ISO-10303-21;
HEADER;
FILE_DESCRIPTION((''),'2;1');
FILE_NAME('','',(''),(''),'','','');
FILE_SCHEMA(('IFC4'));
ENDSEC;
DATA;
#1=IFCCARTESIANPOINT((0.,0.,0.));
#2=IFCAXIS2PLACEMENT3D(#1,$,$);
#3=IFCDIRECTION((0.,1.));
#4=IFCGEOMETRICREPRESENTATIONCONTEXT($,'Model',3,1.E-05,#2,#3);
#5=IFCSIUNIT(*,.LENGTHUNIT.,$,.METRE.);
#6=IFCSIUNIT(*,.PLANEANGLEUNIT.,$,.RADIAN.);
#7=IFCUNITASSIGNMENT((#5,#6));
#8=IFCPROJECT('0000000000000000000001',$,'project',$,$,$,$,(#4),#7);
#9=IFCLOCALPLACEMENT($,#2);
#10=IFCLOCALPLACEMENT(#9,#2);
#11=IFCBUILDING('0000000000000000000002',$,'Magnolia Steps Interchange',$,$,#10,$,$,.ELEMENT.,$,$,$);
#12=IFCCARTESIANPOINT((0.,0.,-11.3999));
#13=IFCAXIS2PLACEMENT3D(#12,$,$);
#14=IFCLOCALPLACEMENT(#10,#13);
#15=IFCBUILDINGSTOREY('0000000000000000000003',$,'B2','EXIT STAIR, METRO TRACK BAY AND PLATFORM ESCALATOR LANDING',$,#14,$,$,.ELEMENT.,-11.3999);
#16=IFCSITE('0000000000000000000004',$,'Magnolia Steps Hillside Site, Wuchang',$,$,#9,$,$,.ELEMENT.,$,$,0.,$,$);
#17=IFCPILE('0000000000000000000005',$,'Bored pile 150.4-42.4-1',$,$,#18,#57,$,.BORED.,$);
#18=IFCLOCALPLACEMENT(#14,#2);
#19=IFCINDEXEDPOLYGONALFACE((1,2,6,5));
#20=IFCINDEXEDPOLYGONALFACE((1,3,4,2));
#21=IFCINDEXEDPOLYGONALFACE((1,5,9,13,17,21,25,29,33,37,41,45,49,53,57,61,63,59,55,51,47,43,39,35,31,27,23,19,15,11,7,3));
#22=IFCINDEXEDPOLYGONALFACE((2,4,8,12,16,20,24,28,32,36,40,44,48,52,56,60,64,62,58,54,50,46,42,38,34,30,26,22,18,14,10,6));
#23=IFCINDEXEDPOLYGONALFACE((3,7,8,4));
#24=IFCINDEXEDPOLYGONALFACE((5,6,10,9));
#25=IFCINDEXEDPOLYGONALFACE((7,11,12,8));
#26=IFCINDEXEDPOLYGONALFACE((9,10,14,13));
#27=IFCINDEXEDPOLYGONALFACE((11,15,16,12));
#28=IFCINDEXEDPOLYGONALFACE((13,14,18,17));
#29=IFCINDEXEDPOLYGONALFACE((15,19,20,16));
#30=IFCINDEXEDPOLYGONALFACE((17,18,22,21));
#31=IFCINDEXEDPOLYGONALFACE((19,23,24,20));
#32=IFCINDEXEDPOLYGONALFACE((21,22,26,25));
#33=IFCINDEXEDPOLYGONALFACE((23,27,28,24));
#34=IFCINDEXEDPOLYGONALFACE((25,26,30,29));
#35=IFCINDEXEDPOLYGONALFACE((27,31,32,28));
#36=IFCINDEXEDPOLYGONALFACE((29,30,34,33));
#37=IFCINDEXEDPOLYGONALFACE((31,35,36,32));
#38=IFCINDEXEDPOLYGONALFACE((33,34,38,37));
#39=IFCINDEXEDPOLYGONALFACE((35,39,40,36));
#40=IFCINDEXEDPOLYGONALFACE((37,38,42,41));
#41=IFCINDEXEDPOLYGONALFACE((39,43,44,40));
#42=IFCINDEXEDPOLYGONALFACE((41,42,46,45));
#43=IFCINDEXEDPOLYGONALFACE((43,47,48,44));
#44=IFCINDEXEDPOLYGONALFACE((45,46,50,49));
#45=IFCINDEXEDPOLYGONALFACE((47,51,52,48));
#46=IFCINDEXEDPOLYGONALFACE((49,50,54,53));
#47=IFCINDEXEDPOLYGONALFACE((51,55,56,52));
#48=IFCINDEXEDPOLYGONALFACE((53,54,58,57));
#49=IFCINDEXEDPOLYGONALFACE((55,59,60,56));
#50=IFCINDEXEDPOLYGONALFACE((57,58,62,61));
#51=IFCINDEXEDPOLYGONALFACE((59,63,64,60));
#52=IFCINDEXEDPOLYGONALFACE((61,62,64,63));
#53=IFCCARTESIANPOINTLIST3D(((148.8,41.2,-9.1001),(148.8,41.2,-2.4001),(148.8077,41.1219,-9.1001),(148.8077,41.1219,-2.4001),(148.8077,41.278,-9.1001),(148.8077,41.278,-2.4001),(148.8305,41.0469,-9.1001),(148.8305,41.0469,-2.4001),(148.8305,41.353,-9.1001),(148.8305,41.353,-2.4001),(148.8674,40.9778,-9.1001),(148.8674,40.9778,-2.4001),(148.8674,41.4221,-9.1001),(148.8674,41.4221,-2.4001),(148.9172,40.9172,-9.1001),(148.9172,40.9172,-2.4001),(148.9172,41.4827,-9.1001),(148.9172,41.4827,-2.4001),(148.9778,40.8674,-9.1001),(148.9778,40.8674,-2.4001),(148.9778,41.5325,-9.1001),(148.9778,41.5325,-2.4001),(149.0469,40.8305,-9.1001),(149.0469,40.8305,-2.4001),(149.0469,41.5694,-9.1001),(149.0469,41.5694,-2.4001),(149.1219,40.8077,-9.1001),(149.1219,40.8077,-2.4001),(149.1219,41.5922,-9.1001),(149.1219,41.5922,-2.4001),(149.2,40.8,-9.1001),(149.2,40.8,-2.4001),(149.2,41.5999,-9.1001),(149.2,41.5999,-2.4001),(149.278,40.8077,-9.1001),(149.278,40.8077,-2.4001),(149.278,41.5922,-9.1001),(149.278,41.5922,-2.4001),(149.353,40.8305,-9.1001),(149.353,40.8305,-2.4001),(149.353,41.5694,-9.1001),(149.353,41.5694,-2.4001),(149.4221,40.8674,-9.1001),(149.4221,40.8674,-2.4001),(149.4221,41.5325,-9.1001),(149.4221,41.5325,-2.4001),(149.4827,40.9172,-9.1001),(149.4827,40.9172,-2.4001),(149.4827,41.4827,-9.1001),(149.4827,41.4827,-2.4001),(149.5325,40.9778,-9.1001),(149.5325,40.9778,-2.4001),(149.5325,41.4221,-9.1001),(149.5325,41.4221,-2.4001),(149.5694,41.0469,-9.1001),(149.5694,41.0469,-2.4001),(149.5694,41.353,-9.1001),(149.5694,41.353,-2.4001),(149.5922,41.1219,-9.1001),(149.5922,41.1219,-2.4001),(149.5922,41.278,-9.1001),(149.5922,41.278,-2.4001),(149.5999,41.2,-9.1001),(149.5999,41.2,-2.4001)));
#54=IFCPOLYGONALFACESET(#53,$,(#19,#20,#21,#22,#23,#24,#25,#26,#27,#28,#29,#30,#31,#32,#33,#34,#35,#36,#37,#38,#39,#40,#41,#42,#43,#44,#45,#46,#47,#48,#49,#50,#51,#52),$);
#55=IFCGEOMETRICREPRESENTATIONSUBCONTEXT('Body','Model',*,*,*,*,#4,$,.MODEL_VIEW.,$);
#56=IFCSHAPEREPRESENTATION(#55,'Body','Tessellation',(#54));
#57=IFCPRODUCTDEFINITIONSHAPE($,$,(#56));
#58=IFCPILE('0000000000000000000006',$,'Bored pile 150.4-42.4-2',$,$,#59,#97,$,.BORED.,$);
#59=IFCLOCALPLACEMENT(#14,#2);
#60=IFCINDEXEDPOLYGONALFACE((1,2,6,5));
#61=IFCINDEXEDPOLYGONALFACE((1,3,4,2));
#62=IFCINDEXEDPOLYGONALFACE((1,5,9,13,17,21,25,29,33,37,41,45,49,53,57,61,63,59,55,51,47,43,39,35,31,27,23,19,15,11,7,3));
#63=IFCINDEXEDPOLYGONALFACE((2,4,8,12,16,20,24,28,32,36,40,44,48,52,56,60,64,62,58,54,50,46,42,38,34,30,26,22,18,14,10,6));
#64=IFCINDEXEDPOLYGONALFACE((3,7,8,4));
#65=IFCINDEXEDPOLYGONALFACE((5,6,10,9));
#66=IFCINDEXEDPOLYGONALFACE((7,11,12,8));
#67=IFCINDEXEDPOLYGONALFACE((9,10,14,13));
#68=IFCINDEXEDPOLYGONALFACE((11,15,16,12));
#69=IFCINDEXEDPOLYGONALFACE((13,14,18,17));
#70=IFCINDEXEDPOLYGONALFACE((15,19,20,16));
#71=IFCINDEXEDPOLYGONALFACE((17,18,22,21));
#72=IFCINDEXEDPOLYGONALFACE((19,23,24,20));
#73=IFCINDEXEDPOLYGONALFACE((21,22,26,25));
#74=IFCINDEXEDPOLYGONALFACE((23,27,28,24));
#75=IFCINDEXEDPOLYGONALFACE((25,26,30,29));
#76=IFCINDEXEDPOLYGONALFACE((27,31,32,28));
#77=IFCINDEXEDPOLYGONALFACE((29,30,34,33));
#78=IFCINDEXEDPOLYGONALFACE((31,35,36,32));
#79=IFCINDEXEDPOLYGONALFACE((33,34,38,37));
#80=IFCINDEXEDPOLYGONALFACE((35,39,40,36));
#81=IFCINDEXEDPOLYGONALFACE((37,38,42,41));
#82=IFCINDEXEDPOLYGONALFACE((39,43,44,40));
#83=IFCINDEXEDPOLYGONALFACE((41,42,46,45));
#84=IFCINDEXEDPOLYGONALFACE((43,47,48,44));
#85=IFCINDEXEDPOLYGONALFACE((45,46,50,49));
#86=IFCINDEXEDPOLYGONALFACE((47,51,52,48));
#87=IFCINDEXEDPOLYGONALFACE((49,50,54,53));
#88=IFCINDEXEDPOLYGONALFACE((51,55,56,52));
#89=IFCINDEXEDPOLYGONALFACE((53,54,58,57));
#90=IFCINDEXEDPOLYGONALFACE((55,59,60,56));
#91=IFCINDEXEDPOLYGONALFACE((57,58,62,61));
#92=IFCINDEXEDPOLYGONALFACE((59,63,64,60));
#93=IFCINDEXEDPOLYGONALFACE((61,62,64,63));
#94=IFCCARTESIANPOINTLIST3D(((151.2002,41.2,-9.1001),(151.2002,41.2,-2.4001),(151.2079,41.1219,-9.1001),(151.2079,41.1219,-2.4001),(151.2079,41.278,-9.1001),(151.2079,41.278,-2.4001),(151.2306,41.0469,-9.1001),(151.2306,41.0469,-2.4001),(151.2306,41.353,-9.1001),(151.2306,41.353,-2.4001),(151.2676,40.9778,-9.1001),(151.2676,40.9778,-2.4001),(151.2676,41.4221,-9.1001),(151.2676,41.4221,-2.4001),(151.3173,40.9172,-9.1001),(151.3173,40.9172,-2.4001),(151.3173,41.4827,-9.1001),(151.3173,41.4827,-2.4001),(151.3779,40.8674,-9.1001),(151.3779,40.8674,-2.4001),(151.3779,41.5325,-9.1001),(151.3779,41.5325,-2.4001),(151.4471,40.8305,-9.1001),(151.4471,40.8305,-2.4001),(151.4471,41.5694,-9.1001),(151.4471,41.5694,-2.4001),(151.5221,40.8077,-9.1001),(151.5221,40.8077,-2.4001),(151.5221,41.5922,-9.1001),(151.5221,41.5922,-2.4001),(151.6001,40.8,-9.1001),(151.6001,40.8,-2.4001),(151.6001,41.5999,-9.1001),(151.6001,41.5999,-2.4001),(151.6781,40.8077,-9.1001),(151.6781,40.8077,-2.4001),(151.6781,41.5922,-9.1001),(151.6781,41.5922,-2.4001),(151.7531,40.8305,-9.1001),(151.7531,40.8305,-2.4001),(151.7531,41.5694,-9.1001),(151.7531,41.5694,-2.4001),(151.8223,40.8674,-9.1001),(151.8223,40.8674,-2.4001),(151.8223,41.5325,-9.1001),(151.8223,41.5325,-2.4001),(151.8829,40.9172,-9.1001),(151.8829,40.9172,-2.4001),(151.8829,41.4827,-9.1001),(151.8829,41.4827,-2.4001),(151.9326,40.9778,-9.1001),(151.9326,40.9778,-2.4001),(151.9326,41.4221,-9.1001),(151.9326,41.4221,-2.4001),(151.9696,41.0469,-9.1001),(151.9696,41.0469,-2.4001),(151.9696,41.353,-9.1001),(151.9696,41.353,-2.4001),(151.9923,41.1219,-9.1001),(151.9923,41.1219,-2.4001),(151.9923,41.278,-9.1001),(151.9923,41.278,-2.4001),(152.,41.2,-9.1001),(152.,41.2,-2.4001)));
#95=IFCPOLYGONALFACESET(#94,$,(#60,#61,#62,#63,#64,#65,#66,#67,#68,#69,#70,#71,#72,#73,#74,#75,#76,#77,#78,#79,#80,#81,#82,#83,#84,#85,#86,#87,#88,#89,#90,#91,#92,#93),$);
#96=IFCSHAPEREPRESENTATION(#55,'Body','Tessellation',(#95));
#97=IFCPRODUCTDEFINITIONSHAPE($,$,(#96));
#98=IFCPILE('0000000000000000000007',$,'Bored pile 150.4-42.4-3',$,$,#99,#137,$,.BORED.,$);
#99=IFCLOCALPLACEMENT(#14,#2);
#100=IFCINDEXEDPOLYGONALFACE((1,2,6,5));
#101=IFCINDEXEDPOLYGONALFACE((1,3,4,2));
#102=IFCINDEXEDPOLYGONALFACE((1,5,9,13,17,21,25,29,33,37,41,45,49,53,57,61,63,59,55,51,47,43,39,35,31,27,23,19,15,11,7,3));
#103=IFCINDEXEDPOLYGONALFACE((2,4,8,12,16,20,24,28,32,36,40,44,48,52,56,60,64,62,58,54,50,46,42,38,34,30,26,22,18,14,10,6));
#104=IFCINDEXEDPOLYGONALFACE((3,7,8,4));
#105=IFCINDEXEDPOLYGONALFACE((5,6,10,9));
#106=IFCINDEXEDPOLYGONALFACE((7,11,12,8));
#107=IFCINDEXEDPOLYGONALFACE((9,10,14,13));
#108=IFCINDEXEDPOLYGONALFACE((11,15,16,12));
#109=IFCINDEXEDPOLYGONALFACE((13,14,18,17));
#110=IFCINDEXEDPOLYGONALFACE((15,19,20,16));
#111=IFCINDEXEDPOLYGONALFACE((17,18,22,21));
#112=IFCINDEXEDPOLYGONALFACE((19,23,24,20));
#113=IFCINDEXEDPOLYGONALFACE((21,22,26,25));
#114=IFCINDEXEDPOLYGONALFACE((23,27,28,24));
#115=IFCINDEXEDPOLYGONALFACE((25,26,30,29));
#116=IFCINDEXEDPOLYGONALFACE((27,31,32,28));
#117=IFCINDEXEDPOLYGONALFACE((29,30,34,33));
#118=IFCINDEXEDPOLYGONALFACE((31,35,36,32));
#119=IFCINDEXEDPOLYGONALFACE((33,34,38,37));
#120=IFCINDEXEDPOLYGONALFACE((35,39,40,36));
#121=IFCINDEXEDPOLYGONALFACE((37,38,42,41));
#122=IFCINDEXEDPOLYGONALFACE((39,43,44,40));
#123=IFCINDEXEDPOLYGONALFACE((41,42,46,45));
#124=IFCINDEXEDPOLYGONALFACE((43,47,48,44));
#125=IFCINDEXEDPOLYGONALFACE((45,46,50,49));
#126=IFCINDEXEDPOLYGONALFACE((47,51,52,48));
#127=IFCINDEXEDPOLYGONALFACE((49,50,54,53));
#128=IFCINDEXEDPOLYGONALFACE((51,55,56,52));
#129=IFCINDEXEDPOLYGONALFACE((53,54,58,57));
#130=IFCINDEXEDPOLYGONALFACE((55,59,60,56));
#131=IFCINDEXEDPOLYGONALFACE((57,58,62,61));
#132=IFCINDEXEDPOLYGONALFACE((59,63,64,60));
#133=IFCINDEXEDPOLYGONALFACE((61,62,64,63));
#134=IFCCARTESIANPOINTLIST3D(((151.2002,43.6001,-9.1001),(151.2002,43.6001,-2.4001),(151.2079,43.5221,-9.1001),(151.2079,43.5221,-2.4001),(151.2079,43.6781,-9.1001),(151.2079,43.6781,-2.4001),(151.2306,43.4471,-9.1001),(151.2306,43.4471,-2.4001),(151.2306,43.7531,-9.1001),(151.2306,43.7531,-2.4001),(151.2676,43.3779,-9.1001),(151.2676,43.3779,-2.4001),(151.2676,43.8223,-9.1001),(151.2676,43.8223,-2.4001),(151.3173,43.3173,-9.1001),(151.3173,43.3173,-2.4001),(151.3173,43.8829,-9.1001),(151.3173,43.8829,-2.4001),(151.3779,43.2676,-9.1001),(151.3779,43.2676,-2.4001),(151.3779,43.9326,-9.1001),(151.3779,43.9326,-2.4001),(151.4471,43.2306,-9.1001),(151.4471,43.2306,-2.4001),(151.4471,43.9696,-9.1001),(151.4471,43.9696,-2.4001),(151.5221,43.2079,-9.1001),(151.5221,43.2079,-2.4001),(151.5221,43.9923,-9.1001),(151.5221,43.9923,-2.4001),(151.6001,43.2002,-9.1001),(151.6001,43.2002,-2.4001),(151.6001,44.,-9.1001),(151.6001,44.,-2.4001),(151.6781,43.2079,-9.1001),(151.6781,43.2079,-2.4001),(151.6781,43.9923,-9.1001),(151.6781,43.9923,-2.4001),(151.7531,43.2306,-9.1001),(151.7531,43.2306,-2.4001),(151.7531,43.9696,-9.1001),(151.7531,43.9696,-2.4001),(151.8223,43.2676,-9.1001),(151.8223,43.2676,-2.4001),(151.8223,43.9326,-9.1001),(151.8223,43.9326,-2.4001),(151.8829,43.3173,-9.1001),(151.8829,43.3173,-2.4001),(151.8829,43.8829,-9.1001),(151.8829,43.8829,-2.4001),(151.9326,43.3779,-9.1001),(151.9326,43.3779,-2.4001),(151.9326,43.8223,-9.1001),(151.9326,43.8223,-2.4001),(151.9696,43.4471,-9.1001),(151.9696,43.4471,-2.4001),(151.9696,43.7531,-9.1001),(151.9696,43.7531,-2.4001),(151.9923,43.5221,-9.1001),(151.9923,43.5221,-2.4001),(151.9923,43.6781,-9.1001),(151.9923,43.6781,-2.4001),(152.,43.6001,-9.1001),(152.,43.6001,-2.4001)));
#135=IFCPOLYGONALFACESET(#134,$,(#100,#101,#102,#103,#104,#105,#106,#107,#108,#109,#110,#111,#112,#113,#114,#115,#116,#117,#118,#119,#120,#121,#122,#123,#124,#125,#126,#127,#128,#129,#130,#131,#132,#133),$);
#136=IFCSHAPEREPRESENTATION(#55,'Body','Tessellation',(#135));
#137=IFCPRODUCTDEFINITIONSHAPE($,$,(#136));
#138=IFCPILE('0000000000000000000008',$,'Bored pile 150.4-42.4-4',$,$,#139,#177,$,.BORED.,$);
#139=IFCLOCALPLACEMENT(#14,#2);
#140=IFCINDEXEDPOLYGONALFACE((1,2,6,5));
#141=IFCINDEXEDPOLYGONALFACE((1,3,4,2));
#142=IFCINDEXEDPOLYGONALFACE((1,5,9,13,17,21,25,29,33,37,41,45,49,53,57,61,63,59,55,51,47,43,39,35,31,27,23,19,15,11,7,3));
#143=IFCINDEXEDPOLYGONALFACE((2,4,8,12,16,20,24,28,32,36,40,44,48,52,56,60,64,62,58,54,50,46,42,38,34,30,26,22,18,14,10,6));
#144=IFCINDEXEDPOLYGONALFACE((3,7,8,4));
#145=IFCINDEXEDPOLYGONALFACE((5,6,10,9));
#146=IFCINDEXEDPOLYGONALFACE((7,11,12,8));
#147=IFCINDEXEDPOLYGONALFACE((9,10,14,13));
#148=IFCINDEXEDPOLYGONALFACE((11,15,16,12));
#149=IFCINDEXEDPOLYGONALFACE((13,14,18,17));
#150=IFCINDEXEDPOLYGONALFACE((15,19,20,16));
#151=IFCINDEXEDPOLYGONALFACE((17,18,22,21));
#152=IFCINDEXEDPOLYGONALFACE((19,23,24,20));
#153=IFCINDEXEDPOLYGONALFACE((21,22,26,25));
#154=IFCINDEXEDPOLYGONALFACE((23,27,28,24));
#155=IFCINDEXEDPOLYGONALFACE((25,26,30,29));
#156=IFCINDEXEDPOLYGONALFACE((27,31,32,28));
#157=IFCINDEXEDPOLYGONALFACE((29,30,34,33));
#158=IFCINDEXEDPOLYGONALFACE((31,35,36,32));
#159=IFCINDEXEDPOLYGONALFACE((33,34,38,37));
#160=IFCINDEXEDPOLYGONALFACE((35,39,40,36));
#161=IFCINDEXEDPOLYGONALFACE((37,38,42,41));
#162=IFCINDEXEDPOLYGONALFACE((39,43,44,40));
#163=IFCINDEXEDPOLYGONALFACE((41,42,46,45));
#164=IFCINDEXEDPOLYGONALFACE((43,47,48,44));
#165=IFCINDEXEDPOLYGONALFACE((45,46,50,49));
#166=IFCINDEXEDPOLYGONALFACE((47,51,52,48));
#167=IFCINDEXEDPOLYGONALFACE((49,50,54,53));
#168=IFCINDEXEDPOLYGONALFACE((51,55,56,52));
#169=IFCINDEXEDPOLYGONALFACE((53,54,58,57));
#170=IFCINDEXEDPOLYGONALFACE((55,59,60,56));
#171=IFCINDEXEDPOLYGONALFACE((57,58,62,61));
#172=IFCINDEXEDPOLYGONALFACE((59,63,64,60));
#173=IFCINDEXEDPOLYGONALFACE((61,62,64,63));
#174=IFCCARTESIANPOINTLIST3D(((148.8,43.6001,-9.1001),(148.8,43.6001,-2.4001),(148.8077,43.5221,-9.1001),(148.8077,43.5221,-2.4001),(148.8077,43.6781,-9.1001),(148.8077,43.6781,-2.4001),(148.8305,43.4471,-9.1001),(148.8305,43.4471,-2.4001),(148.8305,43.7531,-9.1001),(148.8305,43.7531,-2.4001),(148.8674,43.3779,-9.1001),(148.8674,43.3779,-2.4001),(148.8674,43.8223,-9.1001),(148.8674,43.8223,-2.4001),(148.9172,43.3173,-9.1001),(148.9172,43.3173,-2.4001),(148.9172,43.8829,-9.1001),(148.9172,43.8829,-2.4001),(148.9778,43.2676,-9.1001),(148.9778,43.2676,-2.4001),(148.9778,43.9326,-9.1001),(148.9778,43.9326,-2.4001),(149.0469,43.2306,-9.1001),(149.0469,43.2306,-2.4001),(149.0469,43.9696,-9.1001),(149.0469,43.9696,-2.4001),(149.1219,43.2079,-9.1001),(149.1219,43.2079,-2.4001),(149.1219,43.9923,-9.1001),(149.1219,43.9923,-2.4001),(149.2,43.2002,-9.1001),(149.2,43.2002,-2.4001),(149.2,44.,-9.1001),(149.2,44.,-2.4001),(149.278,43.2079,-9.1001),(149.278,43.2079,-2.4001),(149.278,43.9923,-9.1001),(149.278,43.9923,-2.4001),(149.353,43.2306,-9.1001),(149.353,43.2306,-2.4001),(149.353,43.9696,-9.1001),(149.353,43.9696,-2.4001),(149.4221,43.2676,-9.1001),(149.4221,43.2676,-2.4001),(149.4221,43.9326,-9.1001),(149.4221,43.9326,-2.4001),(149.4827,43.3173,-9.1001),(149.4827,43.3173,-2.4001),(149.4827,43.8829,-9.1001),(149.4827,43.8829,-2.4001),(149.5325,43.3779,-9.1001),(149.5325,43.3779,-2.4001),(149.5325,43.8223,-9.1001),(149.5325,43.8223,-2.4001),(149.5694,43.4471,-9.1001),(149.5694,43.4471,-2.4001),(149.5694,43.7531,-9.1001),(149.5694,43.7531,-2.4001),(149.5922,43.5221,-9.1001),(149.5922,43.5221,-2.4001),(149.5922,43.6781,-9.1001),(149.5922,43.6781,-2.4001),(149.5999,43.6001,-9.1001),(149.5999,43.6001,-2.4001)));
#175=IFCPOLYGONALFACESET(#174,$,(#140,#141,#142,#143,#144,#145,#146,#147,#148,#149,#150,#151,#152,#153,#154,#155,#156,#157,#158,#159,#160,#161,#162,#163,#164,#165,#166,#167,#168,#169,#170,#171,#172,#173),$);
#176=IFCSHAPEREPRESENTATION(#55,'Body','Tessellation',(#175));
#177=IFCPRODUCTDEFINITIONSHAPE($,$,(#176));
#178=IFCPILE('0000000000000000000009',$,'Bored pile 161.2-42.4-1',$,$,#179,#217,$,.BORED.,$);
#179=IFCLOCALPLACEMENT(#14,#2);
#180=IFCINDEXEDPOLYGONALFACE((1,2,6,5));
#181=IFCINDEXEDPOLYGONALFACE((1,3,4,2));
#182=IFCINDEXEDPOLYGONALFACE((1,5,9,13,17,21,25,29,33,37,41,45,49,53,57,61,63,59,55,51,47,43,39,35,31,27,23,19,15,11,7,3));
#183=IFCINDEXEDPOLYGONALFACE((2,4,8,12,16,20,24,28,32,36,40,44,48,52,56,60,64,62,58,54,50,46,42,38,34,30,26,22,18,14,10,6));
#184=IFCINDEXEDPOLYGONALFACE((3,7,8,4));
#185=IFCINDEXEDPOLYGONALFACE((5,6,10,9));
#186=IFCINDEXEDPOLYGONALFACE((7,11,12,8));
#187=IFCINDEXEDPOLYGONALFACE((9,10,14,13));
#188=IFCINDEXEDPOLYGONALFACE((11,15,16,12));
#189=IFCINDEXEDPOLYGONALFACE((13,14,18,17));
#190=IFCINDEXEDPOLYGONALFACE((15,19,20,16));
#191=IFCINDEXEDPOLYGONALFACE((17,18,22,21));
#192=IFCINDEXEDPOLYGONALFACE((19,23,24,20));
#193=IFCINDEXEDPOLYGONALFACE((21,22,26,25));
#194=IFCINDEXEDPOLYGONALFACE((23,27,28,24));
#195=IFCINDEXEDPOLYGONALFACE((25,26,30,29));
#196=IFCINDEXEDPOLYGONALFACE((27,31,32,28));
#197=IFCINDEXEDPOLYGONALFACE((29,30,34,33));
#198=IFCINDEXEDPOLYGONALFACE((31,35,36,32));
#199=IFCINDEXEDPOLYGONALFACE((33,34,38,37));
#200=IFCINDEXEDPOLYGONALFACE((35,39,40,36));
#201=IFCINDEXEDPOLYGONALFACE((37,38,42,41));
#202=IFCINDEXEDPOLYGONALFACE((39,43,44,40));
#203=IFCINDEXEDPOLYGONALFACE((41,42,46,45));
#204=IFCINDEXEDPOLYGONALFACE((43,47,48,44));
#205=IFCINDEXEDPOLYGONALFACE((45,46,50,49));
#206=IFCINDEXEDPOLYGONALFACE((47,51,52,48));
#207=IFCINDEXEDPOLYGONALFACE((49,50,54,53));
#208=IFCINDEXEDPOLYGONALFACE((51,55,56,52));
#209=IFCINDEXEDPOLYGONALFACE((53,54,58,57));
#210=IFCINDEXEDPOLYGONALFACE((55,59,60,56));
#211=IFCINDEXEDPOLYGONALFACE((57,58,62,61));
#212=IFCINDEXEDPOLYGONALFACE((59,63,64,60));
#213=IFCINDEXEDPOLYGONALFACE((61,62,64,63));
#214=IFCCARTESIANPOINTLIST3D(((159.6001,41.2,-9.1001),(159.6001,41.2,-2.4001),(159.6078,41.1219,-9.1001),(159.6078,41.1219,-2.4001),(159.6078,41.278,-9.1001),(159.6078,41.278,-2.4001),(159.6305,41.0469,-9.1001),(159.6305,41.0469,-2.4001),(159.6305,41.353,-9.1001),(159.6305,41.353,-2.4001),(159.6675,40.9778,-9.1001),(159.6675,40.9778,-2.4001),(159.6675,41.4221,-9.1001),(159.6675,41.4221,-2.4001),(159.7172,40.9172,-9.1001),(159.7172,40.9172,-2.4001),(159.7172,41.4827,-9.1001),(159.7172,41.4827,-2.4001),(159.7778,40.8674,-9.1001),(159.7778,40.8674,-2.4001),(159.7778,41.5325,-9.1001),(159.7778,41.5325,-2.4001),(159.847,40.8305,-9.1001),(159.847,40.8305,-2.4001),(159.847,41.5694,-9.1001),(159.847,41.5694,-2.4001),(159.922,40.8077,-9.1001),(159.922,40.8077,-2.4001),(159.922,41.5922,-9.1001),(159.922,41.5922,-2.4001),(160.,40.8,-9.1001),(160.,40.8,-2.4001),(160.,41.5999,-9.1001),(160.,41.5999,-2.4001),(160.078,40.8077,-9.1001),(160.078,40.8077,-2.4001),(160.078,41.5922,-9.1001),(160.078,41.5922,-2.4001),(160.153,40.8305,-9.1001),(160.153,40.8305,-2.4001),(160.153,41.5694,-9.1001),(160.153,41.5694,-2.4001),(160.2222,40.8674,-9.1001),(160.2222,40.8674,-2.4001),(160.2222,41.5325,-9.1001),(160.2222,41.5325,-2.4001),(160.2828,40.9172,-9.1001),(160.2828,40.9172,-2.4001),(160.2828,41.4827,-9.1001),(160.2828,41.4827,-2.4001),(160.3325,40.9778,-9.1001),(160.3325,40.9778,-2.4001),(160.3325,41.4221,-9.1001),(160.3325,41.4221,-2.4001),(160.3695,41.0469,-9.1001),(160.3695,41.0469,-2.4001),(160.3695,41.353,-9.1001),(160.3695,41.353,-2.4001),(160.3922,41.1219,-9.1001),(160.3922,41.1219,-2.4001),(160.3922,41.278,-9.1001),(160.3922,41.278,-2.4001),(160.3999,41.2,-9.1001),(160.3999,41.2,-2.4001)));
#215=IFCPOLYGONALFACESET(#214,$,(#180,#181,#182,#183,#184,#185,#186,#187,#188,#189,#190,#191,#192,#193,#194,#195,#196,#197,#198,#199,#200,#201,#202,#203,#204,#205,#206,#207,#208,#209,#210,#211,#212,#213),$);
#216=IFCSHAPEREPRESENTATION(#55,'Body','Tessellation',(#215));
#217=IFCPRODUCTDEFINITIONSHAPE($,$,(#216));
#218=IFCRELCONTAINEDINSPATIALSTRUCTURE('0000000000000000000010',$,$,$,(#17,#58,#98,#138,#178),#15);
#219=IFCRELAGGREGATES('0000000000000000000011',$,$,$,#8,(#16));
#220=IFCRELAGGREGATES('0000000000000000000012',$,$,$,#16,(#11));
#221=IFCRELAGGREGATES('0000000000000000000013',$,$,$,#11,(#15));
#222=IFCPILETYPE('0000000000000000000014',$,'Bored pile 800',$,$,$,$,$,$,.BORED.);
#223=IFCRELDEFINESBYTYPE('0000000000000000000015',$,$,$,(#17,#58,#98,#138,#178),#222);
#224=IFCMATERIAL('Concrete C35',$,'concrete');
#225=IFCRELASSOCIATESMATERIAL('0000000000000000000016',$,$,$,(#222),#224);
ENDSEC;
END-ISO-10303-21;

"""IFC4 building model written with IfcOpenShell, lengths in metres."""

from ifc_helpers import new_model, si_unit, direction, frame, origin, origin_2d, place, context, subcontext, project, spatial, circle, extrude, material, material_profile, profile_set, type_object, element, save


model = new_model("IFC4")

# Units and contexts
model_context = context("Model", 3, precision=1e-05, world=origin(), true_north=direction((0.0, 1.0)))
body_context = subcontext(model_context, "Body", "Model", "MODEL_VIEW")
ifc_project = project(units=[si_unit("LENGTHUNIT", "METRE"), si_unit("PLANEANGLEUNIT", "RADIAN")], contexts=[model_context])

# Site, building, storey
site_placement = place(None, origin())
site = spatial("IfcSite", under=ifc_project, at=site_placement, Name="Magnolia Steps Hillside Site, Wuchang", CompositionType="ELEMENT", RefElevation=0.0)
building_placement = place(site_placement, origin())
building = spatial("IfcBuilding", under=site, at=building_placement, Name="Magnolia Steps Interchange", CompositionType="ELEMENT")
storey_placement = place(building_placement, frame((0.0, 0.0, -11.3999)))
storey = spatial("IfcBuildingStorey", under=building, at=storey_placement, Name="B2", Description="EXIT STAIR, METRO TRACK BAY AND PLATFORM ESCALATOR LANDING", CompositionType="ELEMENT", Elevation=-11.3999)

# Piles
ifc_material_1 = material(Name="Concrete C35", Category="concrete")
ifc_material_profile_1 = material_profile(ifc_material_1, circle(Radius=0.3999, at=origin_2d()), Name="Bored pile 800")
ifc_profile_set_1 = profile_set([ifc_material_profile_1], Name="Concrete C35")
pile_type = type_object("IfcPileType", Name="Bored pile 800", PredefinedType="BORED", material=ifc_profile_set_1)
for number, where, z_axis, x_axis, name in (
    (1, (149.2, 41.2, -2.4001), (0.0, 0.0, -1.0), (1.0, 0.0, 0.0), "Bored pile 150.4-42.4-1"),
    (2, (151.6001, 41.2, -2.4001), (0.0, 0.0, -1.0), (1.0, 0.0, 0.0), "Bored pile 150.4-42.4-2"),
    (3, (151.6001, 43.6001, -2.4001), (0.0, 0.0, -1.0), (1.0, 0.0, 0.0), "Bored pile 150.4-42.4-3"),
    (4, (149.2, 43.6001, -2.4001), (0.0, 0.0, -1.0), (1.0, 0.0, 0.0), "Bored pile 150.4-42.4-4"),
    (5, (160.0, 41.2, -2.4001), (0.0, 0.0, -1.0), (1.0, 0.0, 0.0), "Bored pile 161.2-42.4-1"),
):
    element("IfcPile", number, at=place(storey_placement, frame(where, z_axis=z_axis, x_axis=x_axis)), inside=storey, type_object=pile_type, Name=name, PredefinedType="BORED", context=body_context, shape_type="SweptSolid", body=[
        extrude(circle(Radius=0.3999, at=origin_2d()), origin(), (0.0, 0.0, 1.0), 6.7),
    ])

save(model, "model.ifc")
